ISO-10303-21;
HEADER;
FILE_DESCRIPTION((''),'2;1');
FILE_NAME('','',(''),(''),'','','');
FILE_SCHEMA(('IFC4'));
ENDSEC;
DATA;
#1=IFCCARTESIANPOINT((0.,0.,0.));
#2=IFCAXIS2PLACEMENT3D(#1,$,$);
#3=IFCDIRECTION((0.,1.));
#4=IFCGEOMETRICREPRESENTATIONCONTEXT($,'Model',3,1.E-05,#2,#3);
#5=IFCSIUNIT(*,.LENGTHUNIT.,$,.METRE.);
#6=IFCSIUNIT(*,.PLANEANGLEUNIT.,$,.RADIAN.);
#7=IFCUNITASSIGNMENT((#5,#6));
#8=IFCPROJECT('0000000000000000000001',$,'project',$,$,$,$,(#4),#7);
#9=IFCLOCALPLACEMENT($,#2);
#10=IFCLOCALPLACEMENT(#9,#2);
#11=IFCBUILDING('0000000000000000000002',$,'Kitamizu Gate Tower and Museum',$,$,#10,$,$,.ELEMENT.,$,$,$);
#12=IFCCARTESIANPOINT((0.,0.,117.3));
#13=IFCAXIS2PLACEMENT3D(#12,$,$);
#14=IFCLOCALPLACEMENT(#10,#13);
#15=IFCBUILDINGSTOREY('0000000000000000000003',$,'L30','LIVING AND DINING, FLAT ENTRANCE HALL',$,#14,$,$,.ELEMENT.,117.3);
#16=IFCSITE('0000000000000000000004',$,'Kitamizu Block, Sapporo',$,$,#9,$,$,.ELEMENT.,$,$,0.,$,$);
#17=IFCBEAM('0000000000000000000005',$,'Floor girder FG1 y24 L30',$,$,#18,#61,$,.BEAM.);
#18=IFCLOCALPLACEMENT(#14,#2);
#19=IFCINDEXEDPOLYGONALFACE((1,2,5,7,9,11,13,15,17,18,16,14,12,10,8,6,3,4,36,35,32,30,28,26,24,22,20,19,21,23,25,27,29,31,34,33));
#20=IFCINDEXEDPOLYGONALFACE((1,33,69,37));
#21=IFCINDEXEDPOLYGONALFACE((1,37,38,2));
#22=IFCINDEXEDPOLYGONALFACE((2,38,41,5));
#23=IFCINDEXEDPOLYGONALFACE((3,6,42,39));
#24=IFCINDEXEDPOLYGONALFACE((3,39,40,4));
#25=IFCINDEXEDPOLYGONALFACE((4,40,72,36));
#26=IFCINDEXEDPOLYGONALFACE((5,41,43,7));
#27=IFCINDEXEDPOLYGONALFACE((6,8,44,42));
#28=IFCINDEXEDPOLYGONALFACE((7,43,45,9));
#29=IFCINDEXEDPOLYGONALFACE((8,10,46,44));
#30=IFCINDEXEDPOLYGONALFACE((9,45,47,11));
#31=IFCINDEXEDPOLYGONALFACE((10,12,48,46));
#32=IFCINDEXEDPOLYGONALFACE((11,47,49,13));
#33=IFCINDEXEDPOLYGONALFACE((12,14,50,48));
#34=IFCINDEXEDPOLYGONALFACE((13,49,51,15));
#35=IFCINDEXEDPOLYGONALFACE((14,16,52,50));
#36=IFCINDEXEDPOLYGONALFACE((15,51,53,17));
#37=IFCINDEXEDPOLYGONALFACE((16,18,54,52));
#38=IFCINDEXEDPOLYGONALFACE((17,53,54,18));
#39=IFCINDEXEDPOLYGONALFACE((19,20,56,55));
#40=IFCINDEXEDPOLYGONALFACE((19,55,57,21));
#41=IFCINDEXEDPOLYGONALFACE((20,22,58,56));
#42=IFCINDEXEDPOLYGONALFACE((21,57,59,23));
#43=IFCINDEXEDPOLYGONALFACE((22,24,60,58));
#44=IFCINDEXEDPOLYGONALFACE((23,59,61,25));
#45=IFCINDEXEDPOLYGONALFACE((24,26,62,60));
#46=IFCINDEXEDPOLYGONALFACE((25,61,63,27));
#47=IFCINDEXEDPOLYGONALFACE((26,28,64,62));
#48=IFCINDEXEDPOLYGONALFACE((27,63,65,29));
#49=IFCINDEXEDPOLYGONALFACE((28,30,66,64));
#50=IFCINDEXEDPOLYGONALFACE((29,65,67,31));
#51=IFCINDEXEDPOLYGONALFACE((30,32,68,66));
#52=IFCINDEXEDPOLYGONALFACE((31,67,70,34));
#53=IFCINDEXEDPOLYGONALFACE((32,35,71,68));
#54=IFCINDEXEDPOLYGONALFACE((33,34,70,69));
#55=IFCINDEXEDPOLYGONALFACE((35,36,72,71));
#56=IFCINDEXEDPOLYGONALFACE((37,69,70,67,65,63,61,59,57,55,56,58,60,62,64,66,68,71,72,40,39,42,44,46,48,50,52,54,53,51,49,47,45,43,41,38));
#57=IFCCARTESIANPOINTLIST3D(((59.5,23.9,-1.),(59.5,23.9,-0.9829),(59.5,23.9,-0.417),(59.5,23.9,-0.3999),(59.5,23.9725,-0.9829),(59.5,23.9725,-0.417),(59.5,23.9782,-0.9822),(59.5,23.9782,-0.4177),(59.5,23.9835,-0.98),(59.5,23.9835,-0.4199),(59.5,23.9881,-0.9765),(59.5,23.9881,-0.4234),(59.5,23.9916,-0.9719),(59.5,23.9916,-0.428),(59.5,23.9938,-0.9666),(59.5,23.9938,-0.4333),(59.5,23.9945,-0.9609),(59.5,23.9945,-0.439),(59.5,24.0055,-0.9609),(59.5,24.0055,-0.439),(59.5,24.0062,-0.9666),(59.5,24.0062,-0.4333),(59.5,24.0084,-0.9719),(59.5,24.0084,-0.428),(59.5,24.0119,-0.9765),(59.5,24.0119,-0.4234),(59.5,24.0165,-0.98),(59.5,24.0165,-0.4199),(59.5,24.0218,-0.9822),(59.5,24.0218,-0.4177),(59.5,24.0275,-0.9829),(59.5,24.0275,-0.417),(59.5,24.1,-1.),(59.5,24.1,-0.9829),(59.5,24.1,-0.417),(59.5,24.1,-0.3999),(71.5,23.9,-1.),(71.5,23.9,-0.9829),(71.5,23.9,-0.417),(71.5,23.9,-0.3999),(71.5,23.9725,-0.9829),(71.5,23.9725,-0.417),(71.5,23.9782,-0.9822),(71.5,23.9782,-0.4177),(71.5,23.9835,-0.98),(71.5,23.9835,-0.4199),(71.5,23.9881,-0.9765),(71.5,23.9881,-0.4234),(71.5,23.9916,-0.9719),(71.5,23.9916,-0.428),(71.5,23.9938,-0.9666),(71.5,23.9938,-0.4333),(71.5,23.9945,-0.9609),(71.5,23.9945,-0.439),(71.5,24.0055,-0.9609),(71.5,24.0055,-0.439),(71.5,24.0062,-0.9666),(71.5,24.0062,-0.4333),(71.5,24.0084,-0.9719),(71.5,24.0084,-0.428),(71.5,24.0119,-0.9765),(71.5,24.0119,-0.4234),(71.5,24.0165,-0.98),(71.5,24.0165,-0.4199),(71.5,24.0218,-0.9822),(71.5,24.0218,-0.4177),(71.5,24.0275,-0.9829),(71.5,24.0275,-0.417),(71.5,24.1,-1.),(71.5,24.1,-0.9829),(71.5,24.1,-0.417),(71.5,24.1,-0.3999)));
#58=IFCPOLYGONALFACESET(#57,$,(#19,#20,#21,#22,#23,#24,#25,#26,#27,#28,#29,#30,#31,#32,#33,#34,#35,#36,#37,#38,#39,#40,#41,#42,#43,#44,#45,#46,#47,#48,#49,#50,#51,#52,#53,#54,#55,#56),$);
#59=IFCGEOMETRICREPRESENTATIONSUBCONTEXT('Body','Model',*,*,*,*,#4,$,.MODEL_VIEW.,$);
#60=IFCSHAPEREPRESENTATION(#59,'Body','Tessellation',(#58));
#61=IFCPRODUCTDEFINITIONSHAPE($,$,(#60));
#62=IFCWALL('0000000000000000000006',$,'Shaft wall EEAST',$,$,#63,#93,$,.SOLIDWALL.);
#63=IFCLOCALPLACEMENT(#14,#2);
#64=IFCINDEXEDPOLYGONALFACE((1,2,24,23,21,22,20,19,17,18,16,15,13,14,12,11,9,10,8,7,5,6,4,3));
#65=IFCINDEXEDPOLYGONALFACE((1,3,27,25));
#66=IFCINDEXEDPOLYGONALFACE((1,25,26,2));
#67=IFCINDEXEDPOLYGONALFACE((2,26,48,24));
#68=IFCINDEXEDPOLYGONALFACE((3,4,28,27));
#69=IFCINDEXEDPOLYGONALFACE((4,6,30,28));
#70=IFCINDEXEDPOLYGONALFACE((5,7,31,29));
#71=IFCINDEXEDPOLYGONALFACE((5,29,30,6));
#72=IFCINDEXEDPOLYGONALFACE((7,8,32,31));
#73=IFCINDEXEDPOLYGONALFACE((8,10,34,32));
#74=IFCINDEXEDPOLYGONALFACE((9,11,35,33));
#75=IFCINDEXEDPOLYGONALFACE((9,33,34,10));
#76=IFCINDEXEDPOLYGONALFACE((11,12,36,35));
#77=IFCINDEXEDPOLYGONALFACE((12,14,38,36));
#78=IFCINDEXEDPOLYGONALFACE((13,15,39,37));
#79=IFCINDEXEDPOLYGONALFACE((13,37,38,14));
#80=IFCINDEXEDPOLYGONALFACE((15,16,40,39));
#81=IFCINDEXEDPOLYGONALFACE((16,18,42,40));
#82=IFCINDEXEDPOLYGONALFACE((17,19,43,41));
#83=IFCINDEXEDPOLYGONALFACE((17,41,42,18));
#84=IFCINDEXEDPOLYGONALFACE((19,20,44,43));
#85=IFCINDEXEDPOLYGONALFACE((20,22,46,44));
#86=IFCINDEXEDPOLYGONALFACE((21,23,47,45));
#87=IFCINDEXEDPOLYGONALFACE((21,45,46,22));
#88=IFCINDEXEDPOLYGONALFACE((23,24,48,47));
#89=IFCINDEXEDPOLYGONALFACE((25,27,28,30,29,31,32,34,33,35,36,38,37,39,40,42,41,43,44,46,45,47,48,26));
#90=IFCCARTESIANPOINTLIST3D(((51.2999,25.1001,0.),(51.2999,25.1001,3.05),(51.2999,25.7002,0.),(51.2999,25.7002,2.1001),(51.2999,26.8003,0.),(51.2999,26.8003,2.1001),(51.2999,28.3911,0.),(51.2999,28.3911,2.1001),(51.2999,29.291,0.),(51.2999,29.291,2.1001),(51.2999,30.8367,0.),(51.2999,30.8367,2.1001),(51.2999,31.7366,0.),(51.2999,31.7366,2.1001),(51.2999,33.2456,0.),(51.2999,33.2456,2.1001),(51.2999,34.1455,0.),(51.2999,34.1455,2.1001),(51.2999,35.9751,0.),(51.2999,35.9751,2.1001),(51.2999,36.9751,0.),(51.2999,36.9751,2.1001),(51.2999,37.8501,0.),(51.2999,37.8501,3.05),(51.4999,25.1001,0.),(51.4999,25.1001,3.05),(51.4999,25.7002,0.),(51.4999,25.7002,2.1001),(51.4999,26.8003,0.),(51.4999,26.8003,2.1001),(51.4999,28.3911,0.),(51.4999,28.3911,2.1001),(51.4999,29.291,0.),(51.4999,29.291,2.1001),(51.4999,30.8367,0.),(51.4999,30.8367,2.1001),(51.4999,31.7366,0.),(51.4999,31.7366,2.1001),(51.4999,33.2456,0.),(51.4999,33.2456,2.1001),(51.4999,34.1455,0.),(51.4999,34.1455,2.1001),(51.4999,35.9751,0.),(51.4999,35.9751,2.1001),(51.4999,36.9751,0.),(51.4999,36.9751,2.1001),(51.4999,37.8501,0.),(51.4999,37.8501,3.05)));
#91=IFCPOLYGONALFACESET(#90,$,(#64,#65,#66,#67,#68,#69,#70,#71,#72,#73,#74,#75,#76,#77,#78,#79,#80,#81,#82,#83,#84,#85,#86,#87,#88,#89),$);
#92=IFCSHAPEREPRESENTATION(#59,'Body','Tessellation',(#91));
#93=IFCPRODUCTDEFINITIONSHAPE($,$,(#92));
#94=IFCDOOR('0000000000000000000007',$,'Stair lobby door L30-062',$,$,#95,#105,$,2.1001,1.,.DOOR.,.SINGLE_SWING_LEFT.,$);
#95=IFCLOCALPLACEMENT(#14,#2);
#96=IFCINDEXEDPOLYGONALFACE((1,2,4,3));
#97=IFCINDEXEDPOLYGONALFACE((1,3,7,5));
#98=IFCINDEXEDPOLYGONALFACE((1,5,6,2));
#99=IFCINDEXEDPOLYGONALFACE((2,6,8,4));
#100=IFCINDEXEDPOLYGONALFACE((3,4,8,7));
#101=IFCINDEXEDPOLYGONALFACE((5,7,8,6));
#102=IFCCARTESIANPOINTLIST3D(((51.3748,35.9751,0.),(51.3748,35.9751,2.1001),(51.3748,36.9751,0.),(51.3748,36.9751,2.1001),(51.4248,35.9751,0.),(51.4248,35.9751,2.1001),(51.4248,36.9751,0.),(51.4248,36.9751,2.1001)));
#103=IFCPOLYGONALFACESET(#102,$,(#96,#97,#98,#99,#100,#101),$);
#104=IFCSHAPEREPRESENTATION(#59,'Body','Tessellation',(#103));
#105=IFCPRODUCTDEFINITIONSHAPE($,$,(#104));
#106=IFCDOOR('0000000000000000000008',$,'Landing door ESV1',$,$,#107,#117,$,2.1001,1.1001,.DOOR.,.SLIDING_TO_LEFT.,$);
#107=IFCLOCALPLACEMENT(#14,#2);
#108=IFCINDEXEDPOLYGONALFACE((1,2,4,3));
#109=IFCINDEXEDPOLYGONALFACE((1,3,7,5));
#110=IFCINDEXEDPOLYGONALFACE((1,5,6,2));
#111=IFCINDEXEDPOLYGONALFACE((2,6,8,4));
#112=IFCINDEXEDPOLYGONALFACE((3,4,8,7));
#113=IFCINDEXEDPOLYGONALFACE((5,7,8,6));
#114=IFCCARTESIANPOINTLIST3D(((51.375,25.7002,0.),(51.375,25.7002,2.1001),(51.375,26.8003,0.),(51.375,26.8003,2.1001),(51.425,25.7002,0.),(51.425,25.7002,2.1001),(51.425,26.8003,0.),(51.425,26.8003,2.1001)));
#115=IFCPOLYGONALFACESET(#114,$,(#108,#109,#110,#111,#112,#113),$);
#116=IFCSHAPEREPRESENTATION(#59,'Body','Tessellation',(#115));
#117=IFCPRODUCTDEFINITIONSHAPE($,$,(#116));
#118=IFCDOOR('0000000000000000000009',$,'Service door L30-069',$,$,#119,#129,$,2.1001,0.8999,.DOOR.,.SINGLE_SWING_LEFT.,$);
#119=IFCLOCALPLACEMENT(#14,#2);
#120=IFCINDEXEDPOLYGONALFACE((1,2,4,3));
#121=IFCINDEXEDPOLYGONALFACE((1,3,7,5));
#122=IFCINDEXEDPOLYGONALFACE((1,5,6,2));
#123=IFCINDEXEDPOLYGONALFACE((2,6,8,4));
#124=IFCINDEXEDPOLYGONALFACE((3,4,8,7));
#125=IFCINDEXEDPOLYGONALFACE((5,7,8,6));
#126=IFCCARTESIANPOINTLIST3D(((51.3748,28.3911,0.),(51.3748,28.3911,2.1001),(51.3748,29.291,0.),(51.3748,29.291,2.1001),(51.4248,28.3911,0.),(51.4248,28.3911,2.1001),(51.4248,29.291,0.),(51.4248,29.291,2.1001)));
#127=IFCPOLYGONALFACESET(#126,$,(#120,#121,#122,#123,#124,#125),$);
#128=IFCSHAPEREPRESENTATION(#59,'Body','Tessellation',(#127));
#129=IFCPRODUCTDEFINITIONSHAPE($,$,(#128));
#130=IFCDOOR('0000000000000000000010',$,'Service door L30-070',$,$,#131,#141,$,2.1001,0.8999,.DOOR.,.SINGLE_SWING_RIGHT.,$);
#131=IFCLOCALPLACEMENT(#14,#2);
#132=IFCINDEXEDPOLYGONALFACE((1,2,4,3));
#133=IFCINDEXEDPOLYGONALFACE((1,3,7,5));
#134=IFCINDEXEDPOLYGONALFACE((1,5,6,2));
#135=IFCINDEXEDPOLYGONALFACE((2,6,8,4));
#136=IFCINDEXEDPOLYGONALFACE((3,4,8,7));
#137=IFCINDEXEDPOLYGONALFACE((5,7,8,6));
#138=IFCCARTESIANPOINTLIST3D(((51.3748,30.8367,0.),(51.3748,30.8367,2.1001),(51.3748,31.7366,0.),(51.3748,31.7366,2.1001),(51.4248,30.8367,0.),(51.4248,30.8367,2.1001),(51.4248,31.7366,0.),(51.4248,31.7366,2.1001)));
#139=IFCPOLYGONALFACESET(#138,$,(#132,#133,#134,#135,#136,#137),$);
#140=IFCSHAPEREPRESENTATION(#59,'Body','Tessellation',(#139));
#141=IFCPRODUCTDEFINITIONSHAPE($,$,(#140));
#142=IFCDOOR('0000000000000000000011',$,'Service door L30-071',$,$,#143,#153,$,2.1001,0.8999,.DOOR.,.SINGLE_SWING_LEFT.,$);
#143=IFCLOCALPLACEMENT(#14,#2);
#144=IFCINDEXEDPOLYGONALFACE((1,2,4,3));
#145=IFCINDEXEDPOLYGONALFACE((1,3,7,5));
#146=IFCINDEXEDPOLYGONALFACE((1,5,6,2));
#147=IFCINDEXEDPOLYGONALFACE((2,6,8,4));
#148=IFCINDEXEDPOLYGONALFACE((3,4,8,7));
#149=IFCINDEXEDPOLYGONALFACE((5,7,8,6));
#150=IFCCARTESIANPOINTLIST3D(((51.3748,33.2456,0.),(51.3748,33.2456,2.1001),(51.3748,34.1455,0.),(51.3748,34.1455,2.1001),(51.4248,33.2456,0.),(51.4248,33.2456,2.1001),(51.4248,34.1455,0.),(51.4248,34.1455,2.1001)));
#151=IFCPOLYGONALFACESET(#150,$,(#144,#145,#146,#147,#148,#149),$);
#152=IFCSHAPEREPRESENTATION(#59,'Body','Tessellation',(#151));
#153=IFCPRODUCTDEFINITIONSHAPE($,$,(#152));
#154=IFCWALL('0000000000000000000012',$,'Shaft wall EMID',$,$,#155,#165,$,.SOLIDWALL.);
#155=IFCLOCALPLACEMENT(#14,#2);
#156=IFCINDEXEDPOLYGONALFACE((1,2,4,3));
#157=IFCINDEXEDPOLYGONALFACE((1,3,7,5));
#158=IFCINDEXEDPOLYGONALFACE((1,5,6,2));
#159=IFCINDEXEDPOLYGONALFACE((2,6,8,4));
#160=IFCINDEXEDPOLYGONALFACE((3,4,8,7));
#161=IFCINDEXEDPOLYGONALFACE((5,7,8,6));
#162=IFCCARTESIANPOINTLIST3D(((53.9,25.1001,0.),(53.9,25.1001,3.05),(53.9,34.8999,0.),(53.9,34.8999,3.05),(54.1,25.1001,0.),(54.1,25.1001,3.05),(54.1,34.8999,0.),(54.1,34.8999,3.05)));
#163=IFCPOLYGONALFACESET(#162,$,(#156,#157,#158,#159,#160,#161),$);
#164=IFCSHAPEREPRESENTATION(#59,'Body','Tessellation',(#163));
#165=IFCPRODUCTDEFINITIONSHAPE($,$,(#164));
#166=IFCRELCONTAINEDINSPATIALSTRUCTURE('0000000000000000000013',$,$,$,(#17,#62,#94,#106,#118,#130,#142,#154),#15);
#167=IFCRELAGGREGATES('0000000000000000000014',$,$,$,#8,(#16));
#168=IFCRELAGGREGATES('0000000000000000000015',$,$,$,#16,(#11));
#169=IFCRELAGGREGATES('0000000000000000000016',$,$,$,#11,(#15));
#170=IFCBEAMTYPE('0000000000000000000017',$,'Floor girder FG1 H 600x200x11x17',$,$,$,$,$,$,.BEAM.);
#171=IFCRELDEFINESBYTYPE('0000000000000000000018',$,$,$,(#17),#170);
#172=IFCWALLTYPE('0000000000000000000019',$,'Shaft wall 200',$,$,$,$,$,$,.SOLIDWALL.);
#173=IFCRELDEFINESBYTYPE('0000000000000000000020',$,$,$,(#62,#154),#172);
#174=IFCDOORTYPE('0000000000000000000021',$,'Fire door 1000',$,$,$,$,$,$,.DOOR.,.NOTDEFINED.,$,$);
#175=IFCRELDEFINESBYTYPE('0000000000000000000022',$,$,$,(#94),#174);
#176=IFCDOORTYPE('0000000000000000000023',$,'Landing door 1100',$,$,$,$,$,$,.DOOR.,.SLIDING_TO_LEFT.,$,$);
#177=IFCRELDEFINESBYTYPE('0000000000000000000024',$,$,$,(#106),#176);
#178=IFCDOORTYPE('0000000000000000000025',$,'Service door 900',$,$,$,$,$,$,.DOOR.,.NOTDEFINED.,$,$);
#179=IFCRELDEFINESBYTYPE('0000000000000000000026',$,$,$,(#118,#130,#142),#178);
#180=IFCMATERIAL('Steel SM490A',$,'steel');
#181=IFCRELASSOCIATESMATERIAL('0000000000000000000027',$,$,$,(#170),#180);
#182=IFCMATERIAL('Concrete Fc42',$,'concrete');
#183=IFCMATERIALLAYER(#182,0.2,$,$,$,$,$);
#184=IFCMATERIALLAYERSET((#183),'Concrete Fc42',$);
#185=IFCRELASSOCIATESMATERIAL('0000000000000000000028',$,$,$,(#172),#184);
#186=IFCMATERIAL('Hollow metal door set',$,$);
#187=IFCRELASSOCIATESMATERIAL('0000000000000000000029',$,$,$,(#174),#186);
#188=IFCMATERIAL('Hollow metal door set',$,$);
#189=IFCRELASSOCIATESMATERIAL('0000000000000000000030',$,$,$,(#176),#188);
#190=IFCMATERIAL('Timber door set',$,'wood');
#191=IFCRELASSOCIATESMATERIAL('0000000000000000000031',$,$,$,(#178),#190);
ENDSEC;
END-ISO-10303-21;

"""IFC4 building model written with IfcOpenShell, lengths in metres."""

from ifc_helpers import new_model, si_unit, direction, frame, frame_2d, origin, origin_2d, place, context, subcontext, project, spatial, rectangle, i_section, extrude, material, layer, layer_set, material_profile, profile_set, type_object, element, fill, save


model = new_model("IFC4")

# Units and contexts
model_context = context("Model", 3, precision=1e-05, world=origin(), true_north=direction((0.0, 1.0)))
body_context = subcontext(model_context, "Body", "Model", "MODEL_VIEW")
ifc_project = project(units=[si_unit("LENGTHUNIT", "METRE"), si_unit("PLANEANGLEUNIT", "RADIAN")], contexts=[model_context])

# Site, building, storey
site_placement = place(None, origin())
site = spatial("IfcSite", under=ifc_project, at=site_placement, Name="Kitamizu Block, Sapporo", CompositionType="ELEMENT", RefElevation=0.0)
building_placement = place(site_placement, origin())
building = spatial("IfcBuilding", under=site, at=building_placement, Name="Kitamizu Gate Tower and Museum", CompositionType="ELEMENT")
storey_placement = place(building_placement, frame((0.0, 0.0, 117.3)))
storey = spatial("IfcBuildingStorey", under=building, at=storey_placement, Name="L30", Description="LIVING AND DINING, FLAT ENTRANCE HALL", CompositionType="ELEMENT", Elevation=117.3)

# Beam
ifc_material_1 = material(Name="Steel SM490A", Category="steel")
ifc_material_profile = material_profile(ifc_material_1, i_section(OverallWidth=0.2, OverallDepth=0.6001, WebThickness=0.011, FlangeThickness=0.0171, FilletRadius=0.022, at=origin_2d()), Name="H-600x200x11x17")
ifc_profile_set = profile_set([ifc_material_profile], Name="Steel SM490A")
beam_type = type_object("IfcBeamType", Name="Floor girder FG1 H 600x200x11x17", PredefinedType="BEAM", material=ifc_profile_set)
beam_placement = place(storey_placement, frame((59.5, 24.0, -0.7), z_axis=(1.0, 0.0, 0.0), x_axis=(0.0, 1.0, 0.0)))
element("IfcBeam", 1, at=beam_placement, inside=storey, type_object=beam_type, Name="Floor girder FG1 y24 L30", PredefinedType="BEAM", context=body_context, shape_type="SweptSolid", body=[
    extrude(i_section(OverallWidth=0.2, OverallDepth=0.6001, WebThickness=0.011, FlangeThickness=0.0171, FilletRadius=0.022, at=origin_2d()), origin(), (0.0, 0.0, 1.0), 12.0),
])

# Wall, openings, doors
ifc_material_2 = material(Name="Concrete Fc42", Category="concrete")
ifc_layer = layer(ifc_material_2, 0.2)
ifc_layer_set = layer_set([ifc_layer], Name="Concrete Fc42")
wall_type = type_object("IfcWallType", Name="Shaft wall 200", PredefinedType="SOLIDWALL", material=ifc_layer_set)
wall_1_placement = place(storey_placement, frame((51.3999, 25.1001, 0.0), z_axis=(0.0, 0.0, 1.0), x_axis=(0.0, 1.0, 0.0)))
wall_1 = element("IfcWall", 2, at=wall_1_placement, inside=storey, type_object=wall_type, Name="Shaft wall EEAST", PredefinedType="SOLIDWALL", context=body_context, shape_type="SweptSolid", body=[
    extrude(rectangle(XDim=12.75, YDim=0.2, at=frame_2d((6.375, 0.0))), origin(), (0.0, 0.0, 1.0), 3.05),
])
opening_1_placement = place(wall_1_placement, frame((0.6001, 0.0, 0.0)))
opening_1 = element("IfcOpeningElement", 3, at=opening_1_placement, cuts=wall_1, PredefinedType="OPENING", context=body_context, shape_type="SweptSolid", body=[
    extrude(rectangle(XDim=1.1001, YDim=2.1001, at=frame_2d((0.55, 1.05))), frame((0.0, 0.1099, 0.0), z_axis=(0.0, -1.0, 0.0), x_axis=(1.0, 0.0, 0.0)), (0.0, 0.0, 1.0), 0.22),
])
opening_2_placement = place(wall_1_placement, frame((10.875, 0.0, 0.0)))
opening_2 = element("IfcOpeningElement", 4, at=opening_2_placement, cuts=wall_1, PredefinedType="OPENING", context=body_context, shape_type="SweptSolid", body=[
    extrude(rectangle(XDim=1.0, YDim=2.1001, at=frame_2d((0.5, 1.05))), frame((0.0, 0.1099, 0.0), z_axis=(0.0, -1.0, 0.0), x_axis=(1.0, 0.0, 0.0)), (0.0, 0.0, 1.0), 0.22),
])
opening_3_placement = place(wall_1_placement, frame((3.291, 0.0, 0.0)))
opening_3 = element("IfcOpeningElement", 5, at=opening_3_placement, cuts=wall_1, PredefinedType="OPENING", context=body_context, shape_type="SweptSolid", body=[
    extrude(rectangle(XDim=0.8999, YDim=2.1001, at=frame_2d((0.45, 1.05))), frame((0.0, 0.1099, 0.0), z_axis=(0.0, -1.0, 0.0), x_axis=(1.0, 0.0, 0.0)), (0.0, 0.0, 1.0), 0.22),
])
opening_4_placement = place(wall_1_placement, frame((5.7366, 0.0, 0.0)))
opening_4 = element("IfcOpeningElement", 6, at=opening_4_placement, cuts=wall_1, PredefinedType="OPENING", context=body_context, shape_type="SweptSolid", body=[
    extrude(rectangle(XDim=0.8999, YDim=2.1001, at=frame_2d((0.45, 1.05))), frame((0.0, 0.1099, 0.0), z_axis=(0.0, -1.0, 0.0), x_axis=(1.0, 0.0, 0.0)), (0.0, 0.0, 1.0), 0.22),
])
opening_5_placement = place(wall_1_placement, frame((8.1455, 0.0, 0.0)))
opening_5 = element("IfcOpeningElement", 7, at=opening_5_placement, cuts=wall_1, PredefinedType="OPENING", context=body_context, shape_type="SweptSolid", body=[
    extrude(rectangle(XDim=0.8999, YDim=2.1001, at=frame_2d((0.45, 1.05))), frame((0.0, 0.1099, 0.0), z_axis=(0.0, -1.0, 0.0), x_axis=(1.0, 0.0, 0.0)), (0.0, 0.0, 1.0), 0.22),
])
ifc_material_3 = material(Name="Hollow metal door set")
door_type_1 = type_object("IfcDoorType", Name="Fire door 1000", OperationType="NOTDEFINED", PredefinedType="DOOR", material=ifc_material_3)
door_1_placement = place(opening_2_placement, frame((1.0, 0.0, 0.0), x_axis=(-1.0, 0.0, 0.0)))
door_1 = element("IfcDoor", 8, at=door_1_placement, inside=storey, type_object=door_type_1, Name="Stair lobby door L30-062", OperationType="SINGLE_SWING_LEFT", OverallHeight=2.1001, OverallWidth=1.0, PredefinedType="DOOR", context=body_context, shape_type="SweptSolid", body=[
    extrude(rectangle(XDim=1.0, YDim=2.1001, at=frame_2d((0.5, 1.05))), frame((0.0, 0.0249, 0.0), z_axis=(0.0, -1.0, 0.0), x_axis=(1.0, 0.0, 0.0)), (0.0, 0.0, 1.0), 0.05),
])
fill(opening_2, door_1)
ifc_material_4 = material(Name="Hollow metal door set")
door_type_2 = type_object("IfcDoorType", Name="Landing door 1100", OperationType="SLIDING_TO_LEFT", PredefinedType="DOOR", material=ifc_material_4)
door_2_placement = place(opening_1_placement, origin())
door_2 = element("IfcDoor", 9, at=door_2_placement, inside=storey, type_object=door_type_2, Name="Landing door ESV1", OperationType="SLIDING_TO_LEFT", OverallHeight=2.1001, OverallWidth=1.1001, PredefinedType="DOOR", context=body_context, shape_type="SweptSolid", body=[
    extrude(rectangle(XDim=1.1001, YDim=2.1001, at=frame_2d((0.55, 1.05))), frame((0.0, 0.0249, 0.0), z_axis=(0.0, -1.0, 0.0), x_axis=(1.0, 0.0, 0.0)), (0.0, 0.0, 1.0), 0.05),
])
fill(opening_1, door_2)
ifc_material_5 = material(Name="Timber door set", Category="wood")
door_type_3 = type_object("IfcDoorType", Name="Service door 900", OperationType="NOTDEFINED", PredefinedType="DOOR", material=ifc_material_5)
door_3_placement = place(opening_3_placement, frame((0.8999, 0.0, 0.0), x_axis=(-1.0, 0.0, 0.0)))
door_3 = element("IfcDoor", 10, at=door_3_placement, inside=storey, type_object=door_type_3, Name="Service door L30-069", OperationType="SINGLE_SWING_LEFT", OverallHeight=2.1001, OverallWidth=0.8999, PredefinedType="DOOR", context=body_context, shape_type="SweptSolid", body=[
    extrude(rectangle(XDim=0.8999, YDim=2.1001, at=frame_2d((0.45, 1.05))), frame((0.0, 0.0249, 0.0), z_axis=(0.0, -1.0, 0.0), x_axis=(1.0, 0.0, 0.0)), (0.0, 0.0, 1.0), 0.05),
])
fill(opening_3, door_3)
door_4_placement = place(opening_4_placement, frame((0.8999, 0.0, 0.0), x_axis=(-1.0, 0.0, 0.0)))
door_4 = element("IfcDoor", 11, at=door_4_placement, inside=storey, type_object=door_type_3, Name="Service door L30-070", OperationType="SINGLE_SWING_RIGHT", OverallHeight=2.1001, OverallWidth=0.8999, PredefinedType="DOOR", context=body_context, shape_type="SweptSolid", body=[
    extrude(rectangle(XDim=0.8999, YDim=2.1001, at=frame_2d((0.45, 1.05))), frame((0.0, 0.0249, 0.0), z_axis=(0.0, -1.0, 0.0), x_axis=(1.0, 0.0, 0.0)), (0.0, 0.0, 1.0), 0.05),
])
fill(opening_4, door_4)
door_5_placement = place(opening_5_placement, frame((0.8999, 0.0, 0.0), x_axis=(-1.0, 0.0, 0.0)))
door_5 = element("IfcDoor", 12, at=door_5_placement, inside=storey, type_object=door_type_3, Name="Service door L30-071", OperationType="SINGLE_SWING_LEFT", OverallHeight=2.1001, OverallWidth=0.8999, PredefinedType="DOOR", context=body_context, shape_type="SweptSolid", body=[
    extrude(rectangle(XDim=0.8999, YDim=2.1001, at=frame_2d((0.45, 1.05))), frame((0.0, 0.0249, 0.0), z_axis=(0.0, -1.0, 0.0), x_axis=(1.0, 0.0, 0.0)), (0.0, 0.0, 1.0), 0.05),
])
fill(opening_5, door_5)

# Wall
wall_2_placement = place(storey_placement, frame((54.0, 25.1001, 0.0), z_axis=(0.0, 0.0, 1.0), x_axis=(0.0, 1.0, 0.0)))
element("IfcWall", 13, at=wall_2_placement, inside=storey, type_object=wall_type, Name="Shaft wall EMID", PredefinedType="SOLIDWALL", context=body_context, shape_type="SweptSolid", body=[
    extrude(rectangle(XDim=9.7998, YDim=0.2, at=frame_2d((4.8999, 0.0))), origin(), (0.0, 0.0, 1.0), 3.05),
])

save(model, "model.ifc")
